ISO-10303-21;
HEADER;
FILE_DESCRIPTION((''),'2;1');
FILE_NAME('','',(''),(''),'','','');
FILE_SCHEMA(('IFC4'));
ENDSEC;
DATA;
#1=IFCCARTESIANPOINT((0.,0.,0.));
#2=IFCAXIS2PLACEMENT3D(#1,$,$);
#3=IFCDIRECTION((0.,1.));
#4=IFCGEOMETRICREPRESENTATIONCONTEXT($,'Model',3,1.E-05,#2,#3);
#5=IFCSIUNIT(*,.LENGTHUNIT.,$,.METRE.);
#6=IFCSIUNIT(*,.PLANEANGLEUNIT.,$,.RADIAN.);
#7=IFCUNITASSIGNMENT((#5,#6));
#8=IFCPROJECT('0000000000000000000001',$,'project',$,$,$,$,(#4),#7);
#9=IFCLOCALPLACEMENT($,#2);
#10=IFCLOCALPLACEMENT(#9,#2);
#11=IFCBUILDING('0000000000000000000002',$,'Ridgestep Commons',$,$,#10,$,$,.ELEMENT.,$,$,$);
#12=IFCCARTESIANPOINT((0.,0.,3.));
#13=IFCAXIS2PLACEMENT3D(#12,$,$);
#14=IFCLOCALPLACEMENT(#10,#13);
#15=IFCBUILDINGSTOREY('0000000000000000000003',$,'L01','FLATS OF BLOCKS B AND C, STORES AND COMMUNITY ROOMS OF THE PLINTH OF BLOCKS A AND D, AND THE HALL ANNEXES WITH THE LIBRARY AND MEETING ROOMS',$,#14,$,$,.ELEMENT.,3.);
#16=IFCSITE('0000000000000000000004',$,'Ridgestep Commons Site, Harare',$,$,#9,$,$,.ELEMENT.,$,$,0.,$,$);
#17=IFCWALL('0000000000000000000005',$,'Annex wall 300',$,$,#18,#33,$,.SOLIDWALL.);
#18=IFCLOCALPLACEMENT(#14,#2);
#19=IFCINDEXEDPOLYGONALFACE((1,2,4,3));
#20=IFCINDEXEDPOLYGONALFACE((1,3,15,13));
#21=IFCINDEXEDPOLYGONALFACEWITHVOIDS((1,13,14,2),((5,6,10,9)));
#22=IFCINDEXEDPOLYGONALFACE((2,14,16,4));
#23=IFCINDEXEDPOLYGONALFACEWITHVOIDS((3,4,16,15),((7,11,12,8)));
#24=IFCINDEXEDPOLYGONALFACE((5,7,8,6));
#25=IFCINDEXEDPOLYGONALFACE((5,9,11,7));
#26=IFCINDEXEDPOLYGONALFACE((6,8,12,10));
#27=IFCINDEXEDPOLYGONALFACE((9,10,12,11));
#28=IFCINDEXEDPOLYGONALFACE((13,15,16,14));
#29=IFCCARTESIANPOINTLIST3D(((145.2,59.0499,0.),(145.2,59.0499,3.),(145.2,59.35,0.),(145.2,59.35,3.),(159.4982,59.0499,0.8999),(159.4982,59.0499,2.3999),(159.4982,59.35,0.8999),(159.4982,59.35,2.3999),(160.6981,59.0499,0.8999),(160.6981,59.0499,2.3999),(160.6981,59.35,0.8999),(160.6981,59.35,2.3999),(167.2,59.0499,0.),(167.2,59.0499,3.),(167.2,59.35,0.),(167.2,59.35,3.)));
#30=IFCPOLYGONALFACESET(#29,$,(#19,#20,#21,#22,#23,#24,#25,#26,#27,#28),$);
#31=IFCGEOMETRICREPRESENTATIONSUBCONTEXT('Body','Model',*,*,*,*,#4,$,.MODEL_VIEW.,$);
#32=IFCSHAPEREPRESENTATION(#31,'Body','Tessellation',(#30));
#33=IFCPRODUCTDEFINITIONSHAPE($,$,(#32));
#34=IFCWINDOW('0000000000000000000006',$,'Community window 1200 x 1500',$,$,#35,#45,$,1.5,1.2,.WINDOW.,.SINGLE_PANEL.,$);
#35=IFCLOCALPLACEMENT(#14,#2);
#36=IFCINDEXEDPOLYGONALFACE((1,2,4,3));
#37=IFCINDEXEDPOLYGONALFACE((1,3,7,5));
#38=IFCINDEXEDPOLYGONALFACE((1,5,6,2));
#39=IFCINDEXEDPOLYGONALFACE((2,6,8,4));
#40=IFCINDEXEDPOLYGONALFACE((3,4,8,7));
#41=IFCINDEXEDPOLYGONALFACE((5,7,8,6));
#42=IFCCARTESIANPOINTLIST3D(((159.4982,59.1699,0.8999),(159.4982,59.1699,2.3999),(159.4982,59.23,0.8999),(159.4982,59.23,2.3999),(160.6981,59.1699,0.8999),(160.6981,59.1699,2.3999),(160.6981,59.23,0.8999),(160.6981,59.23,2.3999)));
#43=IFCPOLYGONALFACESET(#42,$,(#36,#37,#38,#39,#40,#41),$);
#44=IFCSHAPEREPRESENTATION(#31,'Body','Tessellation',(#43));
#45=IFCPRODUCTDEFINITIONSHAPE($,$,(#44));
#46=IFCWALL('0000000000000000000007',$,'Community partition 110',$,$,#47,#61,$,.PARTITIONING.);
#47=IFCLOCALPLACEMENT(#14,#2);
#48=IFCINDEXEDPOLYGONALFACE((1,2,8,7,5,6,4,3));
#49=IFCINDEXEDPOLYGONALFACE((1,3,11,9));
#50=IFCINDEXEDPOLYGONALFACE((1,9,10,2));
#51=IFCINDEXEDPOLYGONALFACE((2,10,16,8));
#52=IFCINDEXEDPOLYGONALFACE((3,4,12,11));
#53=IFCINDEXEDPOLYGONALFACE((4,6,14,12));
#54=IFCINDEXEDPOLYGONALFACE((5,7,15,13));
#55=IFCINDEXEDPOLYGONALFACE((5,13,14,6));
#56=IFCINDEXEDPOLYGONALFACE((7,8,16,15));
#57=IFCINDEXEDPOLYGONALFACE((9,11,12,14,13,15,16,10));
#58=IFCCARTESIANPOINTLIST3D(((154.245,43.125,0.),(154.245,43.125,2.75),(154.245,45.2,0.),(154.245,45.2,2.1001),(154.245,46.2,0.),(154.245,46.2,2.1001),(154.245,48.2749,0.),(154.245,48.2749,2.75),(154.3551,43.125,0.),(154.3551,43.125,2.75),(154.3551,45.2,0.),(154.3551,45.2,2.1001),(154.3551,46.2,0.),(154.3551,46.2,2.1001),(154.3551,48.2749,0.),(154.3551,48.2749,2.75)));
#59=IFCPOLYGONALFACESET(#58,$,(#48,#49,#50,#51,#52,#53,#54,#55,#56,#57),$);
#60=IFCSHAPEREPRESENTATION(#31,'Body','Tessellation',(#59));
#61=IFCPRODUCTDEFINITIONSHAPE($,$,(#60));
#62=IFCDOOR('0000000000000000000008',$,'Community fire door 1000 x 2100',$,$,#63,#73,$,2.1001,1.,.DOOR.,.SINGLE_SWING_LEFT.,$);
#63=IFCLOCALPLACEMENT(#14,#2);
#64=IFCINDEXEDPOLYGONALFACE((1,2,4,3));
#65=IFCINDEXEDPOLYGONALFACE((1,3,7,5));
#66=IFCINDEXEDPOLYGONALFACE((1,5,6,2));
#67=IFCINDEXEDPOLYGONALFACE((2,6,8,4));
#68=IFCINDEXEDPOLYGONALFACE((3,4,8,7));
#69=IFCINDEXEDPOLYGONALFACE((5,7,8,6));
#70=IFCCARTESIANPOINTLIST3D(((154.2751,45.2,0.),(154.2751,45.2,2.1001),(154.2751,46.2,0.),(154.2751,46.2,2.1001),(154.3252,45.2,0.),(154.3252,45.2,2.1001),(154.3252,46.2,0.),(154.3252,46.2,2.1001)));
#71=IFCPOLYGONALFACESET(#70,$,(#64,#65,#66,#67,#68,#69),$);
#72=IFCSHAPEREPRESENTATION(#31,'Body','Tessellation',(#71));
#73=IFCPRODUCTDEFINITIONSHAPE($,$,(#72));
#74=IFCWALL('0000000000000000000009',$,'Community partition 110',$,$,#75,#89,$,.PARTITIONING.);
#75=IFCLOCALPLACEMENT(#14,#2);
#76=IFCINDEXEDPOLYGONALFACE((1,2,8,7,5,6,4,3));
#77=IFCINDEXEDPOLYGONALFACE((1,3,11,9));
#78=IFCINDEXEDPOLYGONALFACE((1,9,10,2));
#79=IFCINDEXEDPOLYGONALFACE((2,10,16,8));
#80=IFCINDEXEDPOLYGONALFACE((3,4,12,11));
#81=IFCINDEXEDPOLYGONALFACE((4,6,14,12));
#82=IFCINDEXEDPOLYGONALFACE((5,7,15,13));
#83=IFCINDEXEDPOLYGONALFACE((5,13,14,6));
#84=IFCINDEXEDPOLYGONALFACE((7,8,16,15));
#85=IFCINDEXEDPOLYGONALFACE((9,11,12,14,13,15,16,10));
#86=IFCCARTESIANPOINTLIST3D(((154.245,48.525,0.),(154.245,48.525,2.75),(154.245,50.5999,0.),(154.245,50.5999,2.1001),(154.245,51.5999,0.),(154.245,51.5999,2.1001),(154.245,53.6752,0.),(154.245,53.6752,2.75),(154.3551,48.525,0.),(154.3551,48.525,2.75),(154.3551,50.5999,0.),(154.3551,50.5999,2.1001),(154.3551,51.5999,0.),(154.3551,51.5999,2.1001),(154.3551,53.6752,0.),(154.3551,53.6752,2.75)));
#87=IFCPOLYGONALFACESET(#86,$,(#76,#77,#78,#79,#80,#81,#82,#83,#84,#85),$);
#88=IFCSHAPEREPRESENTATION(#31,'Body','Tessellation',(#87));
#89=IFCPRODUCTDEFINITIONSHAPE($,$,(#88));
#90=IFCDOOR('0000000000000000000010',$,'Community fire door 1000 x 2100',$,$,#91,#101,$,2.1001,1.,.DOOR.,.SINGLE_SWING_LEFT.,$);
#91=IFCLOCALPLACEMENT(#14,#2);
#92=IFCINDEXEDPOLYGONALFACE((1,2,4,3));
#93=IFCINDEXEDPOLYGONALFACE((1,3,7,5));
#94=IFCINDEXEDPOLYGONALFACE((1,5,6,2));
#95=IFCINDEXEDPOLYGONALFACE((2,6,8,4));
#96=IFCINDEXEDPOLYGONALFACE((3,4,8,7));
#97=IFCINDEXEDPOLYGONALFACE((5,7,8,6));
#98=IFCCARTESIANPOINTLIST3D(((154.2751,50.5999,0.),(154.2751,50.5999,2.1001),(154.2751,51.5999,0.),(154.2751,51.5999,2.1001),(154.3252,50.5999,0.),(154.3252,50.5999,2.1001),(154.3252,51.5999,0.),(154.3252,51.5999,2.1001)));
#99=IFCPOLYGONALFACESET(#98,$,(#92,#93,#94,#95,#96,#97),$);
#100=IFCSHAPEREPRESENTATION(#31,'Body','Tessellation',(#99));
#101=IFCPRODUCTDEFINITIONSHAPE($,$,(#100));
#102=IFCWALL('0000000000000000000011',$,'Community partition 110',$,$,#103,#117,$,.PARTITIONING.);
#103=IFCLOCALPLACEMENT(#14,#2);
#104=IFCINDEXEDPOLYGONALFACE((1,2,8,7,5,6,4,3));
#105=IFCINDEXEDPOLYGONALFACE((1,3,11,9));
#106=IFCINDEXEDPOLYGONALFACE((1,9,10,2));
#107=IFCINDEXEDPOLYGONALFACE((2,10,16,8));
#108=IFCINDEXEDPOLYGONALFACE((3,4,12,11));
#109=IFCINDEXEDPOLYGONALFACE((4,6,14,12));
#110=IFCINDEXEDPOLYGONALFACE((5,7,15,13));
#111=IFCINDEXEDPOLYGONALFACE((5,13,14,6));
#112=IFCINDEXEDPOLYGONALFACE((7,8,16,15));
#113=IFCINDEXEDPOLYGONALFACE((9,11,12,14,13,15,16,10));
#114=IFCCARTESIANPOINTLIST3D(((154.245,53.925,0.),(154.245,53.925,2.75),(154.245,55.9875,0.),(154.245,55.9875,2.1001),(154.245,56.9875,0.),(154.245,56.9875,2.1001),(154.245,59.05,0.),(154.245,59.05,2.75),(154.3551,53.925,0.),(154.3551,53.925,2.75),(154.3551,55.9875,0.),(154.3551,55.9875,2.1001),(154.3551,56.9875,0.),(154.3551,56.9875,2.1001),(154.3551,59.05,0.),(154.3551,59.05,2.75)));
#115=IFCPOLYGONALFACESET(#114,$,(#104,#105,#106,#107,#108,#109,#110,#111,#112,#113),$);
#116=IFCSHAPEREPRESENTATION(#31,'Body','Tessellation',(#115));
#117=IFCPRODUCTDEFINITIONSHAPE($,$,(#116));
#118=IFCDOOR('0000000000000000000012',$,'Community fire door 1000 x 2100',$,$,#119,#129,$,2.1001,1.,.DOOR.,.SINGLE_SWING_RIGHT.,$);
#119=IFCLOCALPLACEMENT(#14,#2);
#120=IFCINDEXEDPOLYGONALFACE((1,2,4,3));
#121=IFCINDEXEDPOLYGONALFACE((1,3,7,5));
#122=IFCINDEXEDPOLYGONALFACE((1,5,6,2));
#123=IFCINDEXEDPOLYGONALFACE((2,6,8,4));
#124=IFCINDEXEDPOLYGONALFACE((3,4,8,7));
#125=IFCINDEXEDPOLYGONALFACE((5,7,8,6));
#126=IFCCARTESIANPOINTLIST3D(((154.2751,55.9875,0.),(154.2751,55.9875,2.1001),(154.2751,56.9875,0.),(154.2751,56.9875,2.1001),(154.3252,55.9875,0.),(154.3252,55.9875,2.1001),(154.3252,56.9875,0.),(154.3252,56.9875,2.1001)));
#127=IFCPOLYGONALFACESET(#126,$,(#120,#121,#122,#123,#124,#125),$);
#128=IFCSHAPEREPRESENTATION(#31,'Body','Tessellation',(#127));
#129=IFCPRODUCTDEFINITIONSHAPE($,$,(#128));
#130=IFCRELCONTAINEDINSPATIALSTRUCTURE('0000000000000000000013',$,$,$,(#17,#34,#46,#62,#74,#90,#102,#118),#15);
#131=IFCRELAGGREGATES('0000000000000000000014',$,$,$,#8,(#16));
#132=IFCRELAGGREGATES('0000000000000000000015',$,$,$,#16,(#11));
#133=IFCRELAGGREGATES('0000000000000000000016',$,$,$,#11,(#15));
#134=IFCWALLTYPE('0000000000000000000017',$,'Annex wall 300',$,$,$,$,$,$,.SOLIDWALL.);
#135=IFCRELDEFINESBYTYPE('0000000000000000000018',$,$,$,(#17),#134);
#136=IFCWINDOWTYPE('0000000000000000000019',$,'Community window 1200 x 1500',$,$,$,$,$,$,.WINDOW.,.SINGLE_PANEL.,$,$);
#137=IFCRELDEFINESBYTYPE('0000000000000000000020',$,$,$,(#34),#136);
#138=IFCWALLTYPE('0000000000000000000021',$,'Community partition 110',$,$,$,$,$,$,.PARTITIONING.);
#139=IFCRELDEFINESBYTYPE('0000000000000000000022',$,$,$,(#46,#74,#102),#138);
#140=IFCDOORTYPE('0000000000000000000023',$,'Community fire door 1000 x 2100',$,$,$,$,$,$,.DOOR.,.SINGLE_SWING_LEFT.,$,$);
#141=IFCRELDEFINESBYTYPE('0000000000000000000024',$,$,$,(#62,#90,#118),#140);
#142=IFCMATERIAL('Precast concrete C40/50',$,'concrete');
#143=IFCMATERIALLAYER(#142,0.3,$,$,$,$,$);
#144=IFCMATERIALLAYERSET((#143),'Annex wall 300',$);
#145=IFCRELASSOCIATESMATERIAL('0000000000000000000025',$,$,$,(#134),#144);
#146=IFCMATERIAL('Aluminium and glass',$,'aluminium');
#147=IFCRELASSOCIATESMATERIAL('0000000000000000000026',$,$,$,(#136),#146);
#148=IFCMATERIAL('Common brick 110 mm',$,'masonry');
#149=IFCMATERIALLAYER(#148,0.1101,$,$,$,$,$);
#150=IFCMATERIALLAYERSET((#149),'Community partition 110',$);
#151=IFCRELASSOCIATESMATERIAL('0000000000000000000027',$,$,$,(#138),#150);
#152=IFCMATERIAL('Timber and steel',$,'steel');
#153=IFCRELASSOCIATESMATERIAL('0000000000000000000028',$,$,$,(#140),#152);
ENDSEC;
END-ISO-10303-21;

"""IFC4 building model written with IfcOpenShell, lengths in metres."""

from ifc_helpers import new_model, si_unit, direction, frame, frame_2d, origin, place, context, subcontext, project, spatial, rectangle, extrude, material, layer, layer_set, type_object, element, fill, save


model = new_model("IFC4")

# Units and contexts
model_context = context("Model", 3, precision=1e-05, world=origin(), true_north=direction((0.0, 1.0)))
body_context = subcontext(model_context, "Body", "Model", "MODEL_VIEW")
ifc_project = project(units=[si_unit("LENGTHUNIT", "METRE"), si_unit("PLANEANGLEUNIT", "RADIAN")], contexts=[model_context])

# Site, building, storey
site_placement = place(None, origin())
site = spatial("IfcSite", under=ifc_project, at=site_placement, Name="Ridgestep Commons Site, Harare", CompositionType="ELEMENT", RefElevation=0.0)
building_placement = place(site_placement, origin())
building = spatial("IfcBuilding", under=site, at=building_placement, Name="Ridgestep Commons", CompositionType="ELEMENT")
storey_placement = place(building_placement, frame((0.0, 0.0, 3.0)))
storey = spatial("IfcBuildingStorey", under=building, at=storey_placement, Name="L01", Description="FLATS OF BLOCKS B AND C, STORES AND COMMUNITY ROOMS OF THE PLINTH OF BLOCKS A AND D, AND THE HALL ANNEXES WITH THE LIBRARY AND MEETING ROOMS", CompositionType="ELEMENT", Elevation=3.0)

# Wall, opening, window
ifc_material_1 = material(Name="Precast concrete C40/50", Category="concrete")
ifc_layer_1 = layer(ifc_material_1, 0.3)
ifc_layer_set_1 = layer_set([ifc_layer_1], Name="Annex wall 300")
wall_type_1 = type_object("IfcWallType", Name="Annex wall 300", PredefinedType="SOLIDWALL", material=ifc_layer_set_1)
wall_1_placement = place(storey_placement, frame((145.2, 59.2, 0.0), z_axis=(0.0, 0.0, 1.0), x_axis=(1.0, 0.0, 0.0)))
wall_1 = element("IfcWall", 1, at=wall_1_placement, inside=storey, type_object=wall_type_1, Name="Annex wall 300", PredefinedType="SOLIDWALL", context=body_context, shape_type="SweptSolid", body=[
    extrude(rectangle(XDim=22.0, YDim=0.3, at=frame_2d((11.0, 0.0))), origin(), (0.0, 0.0, 1.0), 3.0),
])
opening_1_placement = place(wall_1_placement, frame((14.2981, 0.0, 0.8999)))
opening_1 = element("IfcOpeningElement", 2, at=opening_1_placement, cuts=wall_1, PredefinedType="OPENING", context=body_context, shape_type="SweptSolid", body=[
    extrude(rectangle(XDim=1.2, YDim=1.5, at=frame_2d((0.6001, 0.75))), frame((0.0, 0.1599, 0.0), z_axis=(0.0, -1.0, 0.0), x_axis=(1.0, 0.0, 0.0)), (0.0, 0.0, 1.0), 0.3201),
])
ifc_material_2 = material(Name="Aluminium and glass", Category="aluminium")
window_type = type_object("IfcWindowType", Name="Community window 1200 x 1500", PartitioningType="SINGLE_PANEL", PredefinedType="WINDOW", material=ifc_material_2)
window_placement = place(opening_1_placement, origin())
window = element("IfcWindow", 3, at=window_placement, inside=storey, type_object=window_type, Name="Community window 1200 x 1500", OverallHeight=1.5, OverallWidth=1.2, PartitioningType="SINGLE_PANEL", PredefinedType="WINDOW", context=body_context, shape_type="SweptSolid", body=[
    extrude(rectangle(XDim=1.2, YDim=1.5, at=frame_2d((0.6001, 0.75))), frame((0.0, 0.03, 0.0), z_axis=(0.0, -1.0, 0.0), x_axis=(1.0, 0.0, 0.0)), (0.0, 0.0, 1.0), 0.0601),
])
fill(opening_1, window)

# Walls, openings, doors
ifc_material_3 = material(Name="Common brick 110 mm", Category="masonry")
ifc_layer_2 = layer(ifc_material_3, 0.1101)
ifc_layer_set_2 = layer_set([ifc_layer_2], Name="Community partition 110")
wall_type_2 = type_object("IfcWallType", Name="Community partition 110", PredefinedType="PARTITIONING", material=ifc_layer_set_2)
wall_2_placement = place(storey_placement, frame((154.3, 43.125, 0.0), z_axis=(0.0, 0.0, 1.0), x_axis=(0.0, 1.0, 0.0)))
wall_2 = element("IfcWall", 4, at=wall_2_placement, inside=storey, type_object=wall_type_2, Name="Community partition 110", PredefinedType="PARTITIONING", context=body_context, shape_type="SweptSolid", body=[
    extrude(rectangle(XDim=5.1499, YDim=0.1101, at=frame_2d((2.575, 0.0))), origin(), (0.0, 0.0, 1.0), 2.75),
])
opening_2_placement = place(wall_2_placement, frame((2.075, 0.0, 0.0)))
opening_2 = element("IfcOpeningElement", 5, at=opening_2_placement, cuts=wall_2, PredefinedType="OPENING", context=body_context, shape_type="SweptSolid", body=[
    extrude(rectangle(XDim=1.0, YDim=2.1001, at=frame_2d((0.5, 1.05))), frame((0.0, 0.0649, 0.0), z_axis=(0.0, -1.0, 0.0), x_axis=(1.0, 0.0, 0.0)), (0.0, 0.0, 1.0), 0.1301),
])
ifc_material_4 = material(Name="Timber and steel", Category="steel")
door_type = type_object("IfcDoorType", Name="Community fire door 1000 x 2100", OperationType="SINGLE_SWING_LEFT", PredefinedType="DOOR", material=ifc_material_4)
door_1_placement = place(opening_2_placement, origin())
door_1 = element("IfcDoor", 6, at=door_1_placement, inside=storey, type_object=door_type, Name="Community fire door 1000 x 2100", OperationType="SINGLE_SWING_LEFT", OverallHeight=2.1001, OverallWidth=1.0, PredefinedType="DOOR", context=body_context, shape_type="SweptSolid", body=[
    extrude(rectangle(XDim=1.0, YDim=2.1001, at=frame_2d((0.5, 1.05))), frame((0.0, 0.0249, 0.0), z_axis=(0.0, -1.0, 0.0), x_axis=(1.0, 0.0, 0.0)), (0.0, 0.0, 1.0), 0.05),
])
fill(opening_2, door_1)
wall_3_placement = place(storey_placement, frame((154.3, 48.5249, 0.0), z_axis=(0.0, 0.0, 1.0), x_axis=(0.0, 1.0, 0.0)))
wall_3 = element("IfcWall", 7, at=wall_3_placement, inside=storey, type_object=wall_type_2, Name="Community partition 110", PredefinedType="PARTITIONING", context=body_context, shape_type="SweptSolid", body=[
    extrude(rectangle(XDim=5.1501, YDim=0.1101, at=frame_2d((2.5752, 0.0))), origin(), (0.0, 0.0, 1.0), 2.75),
])
opening_3_placement = place(wall_3_placement, frame((2.075, 0.0, 0.0)))
opening_3 = element("IfcOpeningElement", 8, at=opening_3_placement, cuts=wall_3, PredefinedType="OPENING", context=body_context, shape_type="SweptSolid", body=[
    extrude(rectangle(XDim=1.0, YDim=2.1001, at=frame_2d((0.5, 1.05))), frame((0.0, 0.0649, 0.0), z_axis=(0.0, -1.0, 0.0), x_axis=(1.0, 0.0, 0.0)), (0.0, 0.0, 1.0), 0.1301),
])
door_2_placement = place(opening_3_placement, origin())
door_2 = element("IfcDoor", 9, at=door_2_placement, inside=storey, type_object=door_type, Name="Community fire door 1000 x 2100", OperationType="SINGLE_SWING_LEFT", OverallHeight=2.1001, OverallWidth=1.0, PredefinedType="DOOR", context=body_context, shape_type="SweptSolid", body=[
    extrude(rectangle(XDim=1.0, YDim=2.1001, at=frame_2d((0.5, 1.05))), frame((0.0, 0.0249, 0.0), z_axis=(0.0, -1.0, 0.0), x_axis=(1.0, 0.0, 0.0)), (0.0, 0.0, 1.0), 0.05),
])
fill(opening_3, door_2)
wall_4_placement = place(storey_placement, frame((154.3, 53.925, 0.0), z_axis=(0.0, 0.0, 1.0), x_axis=(0.0, 1.0, 0.0)))
wall_4 = element("IfcWall", 10, at=wall_4_placement, inside=storey, type_object=wall_type_2, Name="Community partition 110", PredefinedType="PARTITIONING", context=body_context, shape_type="SweptSolid", body=[
    extrude(rectangle(XDim=5.125, YDim=0.1101, at=frame_2d((2.5625, 0.0))), origin(), (0.0, 0.0, 1.0), 2.75),
])
opening_4_placement = place(wall_4_placement, frame((2.0625, 0.0, 0.0)))
opening_4 = element("IfcOpeningElement", 11, at=opening_4_placement, cuts=wall_4, PredefinedType="OPENING", context=body_context, shape_type="SweptSolid", body=[
    extrude(rectangle(XDim=1.0, YDim=2.1001, at=frame_2d((0.5, 1.05))), frame((0.0, 0.0649, 0.0), z_axis=(0.0, -1.0, 0.0), x_axis=(1.0, 0.0, 0.0)), (0.0, 0.0, 1.0), 0.1301),
])
door_3_placement = place(opening_4_placement, origin())
door_3 = element("IfcDoor", 12, at=door_3_placement, inside=storey, type_object=door_type, Name="Community fire door 1000 x 2100", OperationType="SINGLE_SWING_RIGHT", OverallHeight=2.1001, OverallWidth=1.0, PredefinedType="DOOR", context=body_context, shape_type="SweptSolid", body=[
    extrude(rectangle(XDim=1.0, YDim=2.1001, at=frame_2d((0.5, 1.05))), frame((0.0, 0.0249, 0.0), z_axis=(0.0, -1.0, 0.0), x_axis=(1.0, 0.0, 0.0)), (0.0, 0.0, 1.0), 0.05),
])
fill(opening_4, door_3)

save(model, "model.ifc")
